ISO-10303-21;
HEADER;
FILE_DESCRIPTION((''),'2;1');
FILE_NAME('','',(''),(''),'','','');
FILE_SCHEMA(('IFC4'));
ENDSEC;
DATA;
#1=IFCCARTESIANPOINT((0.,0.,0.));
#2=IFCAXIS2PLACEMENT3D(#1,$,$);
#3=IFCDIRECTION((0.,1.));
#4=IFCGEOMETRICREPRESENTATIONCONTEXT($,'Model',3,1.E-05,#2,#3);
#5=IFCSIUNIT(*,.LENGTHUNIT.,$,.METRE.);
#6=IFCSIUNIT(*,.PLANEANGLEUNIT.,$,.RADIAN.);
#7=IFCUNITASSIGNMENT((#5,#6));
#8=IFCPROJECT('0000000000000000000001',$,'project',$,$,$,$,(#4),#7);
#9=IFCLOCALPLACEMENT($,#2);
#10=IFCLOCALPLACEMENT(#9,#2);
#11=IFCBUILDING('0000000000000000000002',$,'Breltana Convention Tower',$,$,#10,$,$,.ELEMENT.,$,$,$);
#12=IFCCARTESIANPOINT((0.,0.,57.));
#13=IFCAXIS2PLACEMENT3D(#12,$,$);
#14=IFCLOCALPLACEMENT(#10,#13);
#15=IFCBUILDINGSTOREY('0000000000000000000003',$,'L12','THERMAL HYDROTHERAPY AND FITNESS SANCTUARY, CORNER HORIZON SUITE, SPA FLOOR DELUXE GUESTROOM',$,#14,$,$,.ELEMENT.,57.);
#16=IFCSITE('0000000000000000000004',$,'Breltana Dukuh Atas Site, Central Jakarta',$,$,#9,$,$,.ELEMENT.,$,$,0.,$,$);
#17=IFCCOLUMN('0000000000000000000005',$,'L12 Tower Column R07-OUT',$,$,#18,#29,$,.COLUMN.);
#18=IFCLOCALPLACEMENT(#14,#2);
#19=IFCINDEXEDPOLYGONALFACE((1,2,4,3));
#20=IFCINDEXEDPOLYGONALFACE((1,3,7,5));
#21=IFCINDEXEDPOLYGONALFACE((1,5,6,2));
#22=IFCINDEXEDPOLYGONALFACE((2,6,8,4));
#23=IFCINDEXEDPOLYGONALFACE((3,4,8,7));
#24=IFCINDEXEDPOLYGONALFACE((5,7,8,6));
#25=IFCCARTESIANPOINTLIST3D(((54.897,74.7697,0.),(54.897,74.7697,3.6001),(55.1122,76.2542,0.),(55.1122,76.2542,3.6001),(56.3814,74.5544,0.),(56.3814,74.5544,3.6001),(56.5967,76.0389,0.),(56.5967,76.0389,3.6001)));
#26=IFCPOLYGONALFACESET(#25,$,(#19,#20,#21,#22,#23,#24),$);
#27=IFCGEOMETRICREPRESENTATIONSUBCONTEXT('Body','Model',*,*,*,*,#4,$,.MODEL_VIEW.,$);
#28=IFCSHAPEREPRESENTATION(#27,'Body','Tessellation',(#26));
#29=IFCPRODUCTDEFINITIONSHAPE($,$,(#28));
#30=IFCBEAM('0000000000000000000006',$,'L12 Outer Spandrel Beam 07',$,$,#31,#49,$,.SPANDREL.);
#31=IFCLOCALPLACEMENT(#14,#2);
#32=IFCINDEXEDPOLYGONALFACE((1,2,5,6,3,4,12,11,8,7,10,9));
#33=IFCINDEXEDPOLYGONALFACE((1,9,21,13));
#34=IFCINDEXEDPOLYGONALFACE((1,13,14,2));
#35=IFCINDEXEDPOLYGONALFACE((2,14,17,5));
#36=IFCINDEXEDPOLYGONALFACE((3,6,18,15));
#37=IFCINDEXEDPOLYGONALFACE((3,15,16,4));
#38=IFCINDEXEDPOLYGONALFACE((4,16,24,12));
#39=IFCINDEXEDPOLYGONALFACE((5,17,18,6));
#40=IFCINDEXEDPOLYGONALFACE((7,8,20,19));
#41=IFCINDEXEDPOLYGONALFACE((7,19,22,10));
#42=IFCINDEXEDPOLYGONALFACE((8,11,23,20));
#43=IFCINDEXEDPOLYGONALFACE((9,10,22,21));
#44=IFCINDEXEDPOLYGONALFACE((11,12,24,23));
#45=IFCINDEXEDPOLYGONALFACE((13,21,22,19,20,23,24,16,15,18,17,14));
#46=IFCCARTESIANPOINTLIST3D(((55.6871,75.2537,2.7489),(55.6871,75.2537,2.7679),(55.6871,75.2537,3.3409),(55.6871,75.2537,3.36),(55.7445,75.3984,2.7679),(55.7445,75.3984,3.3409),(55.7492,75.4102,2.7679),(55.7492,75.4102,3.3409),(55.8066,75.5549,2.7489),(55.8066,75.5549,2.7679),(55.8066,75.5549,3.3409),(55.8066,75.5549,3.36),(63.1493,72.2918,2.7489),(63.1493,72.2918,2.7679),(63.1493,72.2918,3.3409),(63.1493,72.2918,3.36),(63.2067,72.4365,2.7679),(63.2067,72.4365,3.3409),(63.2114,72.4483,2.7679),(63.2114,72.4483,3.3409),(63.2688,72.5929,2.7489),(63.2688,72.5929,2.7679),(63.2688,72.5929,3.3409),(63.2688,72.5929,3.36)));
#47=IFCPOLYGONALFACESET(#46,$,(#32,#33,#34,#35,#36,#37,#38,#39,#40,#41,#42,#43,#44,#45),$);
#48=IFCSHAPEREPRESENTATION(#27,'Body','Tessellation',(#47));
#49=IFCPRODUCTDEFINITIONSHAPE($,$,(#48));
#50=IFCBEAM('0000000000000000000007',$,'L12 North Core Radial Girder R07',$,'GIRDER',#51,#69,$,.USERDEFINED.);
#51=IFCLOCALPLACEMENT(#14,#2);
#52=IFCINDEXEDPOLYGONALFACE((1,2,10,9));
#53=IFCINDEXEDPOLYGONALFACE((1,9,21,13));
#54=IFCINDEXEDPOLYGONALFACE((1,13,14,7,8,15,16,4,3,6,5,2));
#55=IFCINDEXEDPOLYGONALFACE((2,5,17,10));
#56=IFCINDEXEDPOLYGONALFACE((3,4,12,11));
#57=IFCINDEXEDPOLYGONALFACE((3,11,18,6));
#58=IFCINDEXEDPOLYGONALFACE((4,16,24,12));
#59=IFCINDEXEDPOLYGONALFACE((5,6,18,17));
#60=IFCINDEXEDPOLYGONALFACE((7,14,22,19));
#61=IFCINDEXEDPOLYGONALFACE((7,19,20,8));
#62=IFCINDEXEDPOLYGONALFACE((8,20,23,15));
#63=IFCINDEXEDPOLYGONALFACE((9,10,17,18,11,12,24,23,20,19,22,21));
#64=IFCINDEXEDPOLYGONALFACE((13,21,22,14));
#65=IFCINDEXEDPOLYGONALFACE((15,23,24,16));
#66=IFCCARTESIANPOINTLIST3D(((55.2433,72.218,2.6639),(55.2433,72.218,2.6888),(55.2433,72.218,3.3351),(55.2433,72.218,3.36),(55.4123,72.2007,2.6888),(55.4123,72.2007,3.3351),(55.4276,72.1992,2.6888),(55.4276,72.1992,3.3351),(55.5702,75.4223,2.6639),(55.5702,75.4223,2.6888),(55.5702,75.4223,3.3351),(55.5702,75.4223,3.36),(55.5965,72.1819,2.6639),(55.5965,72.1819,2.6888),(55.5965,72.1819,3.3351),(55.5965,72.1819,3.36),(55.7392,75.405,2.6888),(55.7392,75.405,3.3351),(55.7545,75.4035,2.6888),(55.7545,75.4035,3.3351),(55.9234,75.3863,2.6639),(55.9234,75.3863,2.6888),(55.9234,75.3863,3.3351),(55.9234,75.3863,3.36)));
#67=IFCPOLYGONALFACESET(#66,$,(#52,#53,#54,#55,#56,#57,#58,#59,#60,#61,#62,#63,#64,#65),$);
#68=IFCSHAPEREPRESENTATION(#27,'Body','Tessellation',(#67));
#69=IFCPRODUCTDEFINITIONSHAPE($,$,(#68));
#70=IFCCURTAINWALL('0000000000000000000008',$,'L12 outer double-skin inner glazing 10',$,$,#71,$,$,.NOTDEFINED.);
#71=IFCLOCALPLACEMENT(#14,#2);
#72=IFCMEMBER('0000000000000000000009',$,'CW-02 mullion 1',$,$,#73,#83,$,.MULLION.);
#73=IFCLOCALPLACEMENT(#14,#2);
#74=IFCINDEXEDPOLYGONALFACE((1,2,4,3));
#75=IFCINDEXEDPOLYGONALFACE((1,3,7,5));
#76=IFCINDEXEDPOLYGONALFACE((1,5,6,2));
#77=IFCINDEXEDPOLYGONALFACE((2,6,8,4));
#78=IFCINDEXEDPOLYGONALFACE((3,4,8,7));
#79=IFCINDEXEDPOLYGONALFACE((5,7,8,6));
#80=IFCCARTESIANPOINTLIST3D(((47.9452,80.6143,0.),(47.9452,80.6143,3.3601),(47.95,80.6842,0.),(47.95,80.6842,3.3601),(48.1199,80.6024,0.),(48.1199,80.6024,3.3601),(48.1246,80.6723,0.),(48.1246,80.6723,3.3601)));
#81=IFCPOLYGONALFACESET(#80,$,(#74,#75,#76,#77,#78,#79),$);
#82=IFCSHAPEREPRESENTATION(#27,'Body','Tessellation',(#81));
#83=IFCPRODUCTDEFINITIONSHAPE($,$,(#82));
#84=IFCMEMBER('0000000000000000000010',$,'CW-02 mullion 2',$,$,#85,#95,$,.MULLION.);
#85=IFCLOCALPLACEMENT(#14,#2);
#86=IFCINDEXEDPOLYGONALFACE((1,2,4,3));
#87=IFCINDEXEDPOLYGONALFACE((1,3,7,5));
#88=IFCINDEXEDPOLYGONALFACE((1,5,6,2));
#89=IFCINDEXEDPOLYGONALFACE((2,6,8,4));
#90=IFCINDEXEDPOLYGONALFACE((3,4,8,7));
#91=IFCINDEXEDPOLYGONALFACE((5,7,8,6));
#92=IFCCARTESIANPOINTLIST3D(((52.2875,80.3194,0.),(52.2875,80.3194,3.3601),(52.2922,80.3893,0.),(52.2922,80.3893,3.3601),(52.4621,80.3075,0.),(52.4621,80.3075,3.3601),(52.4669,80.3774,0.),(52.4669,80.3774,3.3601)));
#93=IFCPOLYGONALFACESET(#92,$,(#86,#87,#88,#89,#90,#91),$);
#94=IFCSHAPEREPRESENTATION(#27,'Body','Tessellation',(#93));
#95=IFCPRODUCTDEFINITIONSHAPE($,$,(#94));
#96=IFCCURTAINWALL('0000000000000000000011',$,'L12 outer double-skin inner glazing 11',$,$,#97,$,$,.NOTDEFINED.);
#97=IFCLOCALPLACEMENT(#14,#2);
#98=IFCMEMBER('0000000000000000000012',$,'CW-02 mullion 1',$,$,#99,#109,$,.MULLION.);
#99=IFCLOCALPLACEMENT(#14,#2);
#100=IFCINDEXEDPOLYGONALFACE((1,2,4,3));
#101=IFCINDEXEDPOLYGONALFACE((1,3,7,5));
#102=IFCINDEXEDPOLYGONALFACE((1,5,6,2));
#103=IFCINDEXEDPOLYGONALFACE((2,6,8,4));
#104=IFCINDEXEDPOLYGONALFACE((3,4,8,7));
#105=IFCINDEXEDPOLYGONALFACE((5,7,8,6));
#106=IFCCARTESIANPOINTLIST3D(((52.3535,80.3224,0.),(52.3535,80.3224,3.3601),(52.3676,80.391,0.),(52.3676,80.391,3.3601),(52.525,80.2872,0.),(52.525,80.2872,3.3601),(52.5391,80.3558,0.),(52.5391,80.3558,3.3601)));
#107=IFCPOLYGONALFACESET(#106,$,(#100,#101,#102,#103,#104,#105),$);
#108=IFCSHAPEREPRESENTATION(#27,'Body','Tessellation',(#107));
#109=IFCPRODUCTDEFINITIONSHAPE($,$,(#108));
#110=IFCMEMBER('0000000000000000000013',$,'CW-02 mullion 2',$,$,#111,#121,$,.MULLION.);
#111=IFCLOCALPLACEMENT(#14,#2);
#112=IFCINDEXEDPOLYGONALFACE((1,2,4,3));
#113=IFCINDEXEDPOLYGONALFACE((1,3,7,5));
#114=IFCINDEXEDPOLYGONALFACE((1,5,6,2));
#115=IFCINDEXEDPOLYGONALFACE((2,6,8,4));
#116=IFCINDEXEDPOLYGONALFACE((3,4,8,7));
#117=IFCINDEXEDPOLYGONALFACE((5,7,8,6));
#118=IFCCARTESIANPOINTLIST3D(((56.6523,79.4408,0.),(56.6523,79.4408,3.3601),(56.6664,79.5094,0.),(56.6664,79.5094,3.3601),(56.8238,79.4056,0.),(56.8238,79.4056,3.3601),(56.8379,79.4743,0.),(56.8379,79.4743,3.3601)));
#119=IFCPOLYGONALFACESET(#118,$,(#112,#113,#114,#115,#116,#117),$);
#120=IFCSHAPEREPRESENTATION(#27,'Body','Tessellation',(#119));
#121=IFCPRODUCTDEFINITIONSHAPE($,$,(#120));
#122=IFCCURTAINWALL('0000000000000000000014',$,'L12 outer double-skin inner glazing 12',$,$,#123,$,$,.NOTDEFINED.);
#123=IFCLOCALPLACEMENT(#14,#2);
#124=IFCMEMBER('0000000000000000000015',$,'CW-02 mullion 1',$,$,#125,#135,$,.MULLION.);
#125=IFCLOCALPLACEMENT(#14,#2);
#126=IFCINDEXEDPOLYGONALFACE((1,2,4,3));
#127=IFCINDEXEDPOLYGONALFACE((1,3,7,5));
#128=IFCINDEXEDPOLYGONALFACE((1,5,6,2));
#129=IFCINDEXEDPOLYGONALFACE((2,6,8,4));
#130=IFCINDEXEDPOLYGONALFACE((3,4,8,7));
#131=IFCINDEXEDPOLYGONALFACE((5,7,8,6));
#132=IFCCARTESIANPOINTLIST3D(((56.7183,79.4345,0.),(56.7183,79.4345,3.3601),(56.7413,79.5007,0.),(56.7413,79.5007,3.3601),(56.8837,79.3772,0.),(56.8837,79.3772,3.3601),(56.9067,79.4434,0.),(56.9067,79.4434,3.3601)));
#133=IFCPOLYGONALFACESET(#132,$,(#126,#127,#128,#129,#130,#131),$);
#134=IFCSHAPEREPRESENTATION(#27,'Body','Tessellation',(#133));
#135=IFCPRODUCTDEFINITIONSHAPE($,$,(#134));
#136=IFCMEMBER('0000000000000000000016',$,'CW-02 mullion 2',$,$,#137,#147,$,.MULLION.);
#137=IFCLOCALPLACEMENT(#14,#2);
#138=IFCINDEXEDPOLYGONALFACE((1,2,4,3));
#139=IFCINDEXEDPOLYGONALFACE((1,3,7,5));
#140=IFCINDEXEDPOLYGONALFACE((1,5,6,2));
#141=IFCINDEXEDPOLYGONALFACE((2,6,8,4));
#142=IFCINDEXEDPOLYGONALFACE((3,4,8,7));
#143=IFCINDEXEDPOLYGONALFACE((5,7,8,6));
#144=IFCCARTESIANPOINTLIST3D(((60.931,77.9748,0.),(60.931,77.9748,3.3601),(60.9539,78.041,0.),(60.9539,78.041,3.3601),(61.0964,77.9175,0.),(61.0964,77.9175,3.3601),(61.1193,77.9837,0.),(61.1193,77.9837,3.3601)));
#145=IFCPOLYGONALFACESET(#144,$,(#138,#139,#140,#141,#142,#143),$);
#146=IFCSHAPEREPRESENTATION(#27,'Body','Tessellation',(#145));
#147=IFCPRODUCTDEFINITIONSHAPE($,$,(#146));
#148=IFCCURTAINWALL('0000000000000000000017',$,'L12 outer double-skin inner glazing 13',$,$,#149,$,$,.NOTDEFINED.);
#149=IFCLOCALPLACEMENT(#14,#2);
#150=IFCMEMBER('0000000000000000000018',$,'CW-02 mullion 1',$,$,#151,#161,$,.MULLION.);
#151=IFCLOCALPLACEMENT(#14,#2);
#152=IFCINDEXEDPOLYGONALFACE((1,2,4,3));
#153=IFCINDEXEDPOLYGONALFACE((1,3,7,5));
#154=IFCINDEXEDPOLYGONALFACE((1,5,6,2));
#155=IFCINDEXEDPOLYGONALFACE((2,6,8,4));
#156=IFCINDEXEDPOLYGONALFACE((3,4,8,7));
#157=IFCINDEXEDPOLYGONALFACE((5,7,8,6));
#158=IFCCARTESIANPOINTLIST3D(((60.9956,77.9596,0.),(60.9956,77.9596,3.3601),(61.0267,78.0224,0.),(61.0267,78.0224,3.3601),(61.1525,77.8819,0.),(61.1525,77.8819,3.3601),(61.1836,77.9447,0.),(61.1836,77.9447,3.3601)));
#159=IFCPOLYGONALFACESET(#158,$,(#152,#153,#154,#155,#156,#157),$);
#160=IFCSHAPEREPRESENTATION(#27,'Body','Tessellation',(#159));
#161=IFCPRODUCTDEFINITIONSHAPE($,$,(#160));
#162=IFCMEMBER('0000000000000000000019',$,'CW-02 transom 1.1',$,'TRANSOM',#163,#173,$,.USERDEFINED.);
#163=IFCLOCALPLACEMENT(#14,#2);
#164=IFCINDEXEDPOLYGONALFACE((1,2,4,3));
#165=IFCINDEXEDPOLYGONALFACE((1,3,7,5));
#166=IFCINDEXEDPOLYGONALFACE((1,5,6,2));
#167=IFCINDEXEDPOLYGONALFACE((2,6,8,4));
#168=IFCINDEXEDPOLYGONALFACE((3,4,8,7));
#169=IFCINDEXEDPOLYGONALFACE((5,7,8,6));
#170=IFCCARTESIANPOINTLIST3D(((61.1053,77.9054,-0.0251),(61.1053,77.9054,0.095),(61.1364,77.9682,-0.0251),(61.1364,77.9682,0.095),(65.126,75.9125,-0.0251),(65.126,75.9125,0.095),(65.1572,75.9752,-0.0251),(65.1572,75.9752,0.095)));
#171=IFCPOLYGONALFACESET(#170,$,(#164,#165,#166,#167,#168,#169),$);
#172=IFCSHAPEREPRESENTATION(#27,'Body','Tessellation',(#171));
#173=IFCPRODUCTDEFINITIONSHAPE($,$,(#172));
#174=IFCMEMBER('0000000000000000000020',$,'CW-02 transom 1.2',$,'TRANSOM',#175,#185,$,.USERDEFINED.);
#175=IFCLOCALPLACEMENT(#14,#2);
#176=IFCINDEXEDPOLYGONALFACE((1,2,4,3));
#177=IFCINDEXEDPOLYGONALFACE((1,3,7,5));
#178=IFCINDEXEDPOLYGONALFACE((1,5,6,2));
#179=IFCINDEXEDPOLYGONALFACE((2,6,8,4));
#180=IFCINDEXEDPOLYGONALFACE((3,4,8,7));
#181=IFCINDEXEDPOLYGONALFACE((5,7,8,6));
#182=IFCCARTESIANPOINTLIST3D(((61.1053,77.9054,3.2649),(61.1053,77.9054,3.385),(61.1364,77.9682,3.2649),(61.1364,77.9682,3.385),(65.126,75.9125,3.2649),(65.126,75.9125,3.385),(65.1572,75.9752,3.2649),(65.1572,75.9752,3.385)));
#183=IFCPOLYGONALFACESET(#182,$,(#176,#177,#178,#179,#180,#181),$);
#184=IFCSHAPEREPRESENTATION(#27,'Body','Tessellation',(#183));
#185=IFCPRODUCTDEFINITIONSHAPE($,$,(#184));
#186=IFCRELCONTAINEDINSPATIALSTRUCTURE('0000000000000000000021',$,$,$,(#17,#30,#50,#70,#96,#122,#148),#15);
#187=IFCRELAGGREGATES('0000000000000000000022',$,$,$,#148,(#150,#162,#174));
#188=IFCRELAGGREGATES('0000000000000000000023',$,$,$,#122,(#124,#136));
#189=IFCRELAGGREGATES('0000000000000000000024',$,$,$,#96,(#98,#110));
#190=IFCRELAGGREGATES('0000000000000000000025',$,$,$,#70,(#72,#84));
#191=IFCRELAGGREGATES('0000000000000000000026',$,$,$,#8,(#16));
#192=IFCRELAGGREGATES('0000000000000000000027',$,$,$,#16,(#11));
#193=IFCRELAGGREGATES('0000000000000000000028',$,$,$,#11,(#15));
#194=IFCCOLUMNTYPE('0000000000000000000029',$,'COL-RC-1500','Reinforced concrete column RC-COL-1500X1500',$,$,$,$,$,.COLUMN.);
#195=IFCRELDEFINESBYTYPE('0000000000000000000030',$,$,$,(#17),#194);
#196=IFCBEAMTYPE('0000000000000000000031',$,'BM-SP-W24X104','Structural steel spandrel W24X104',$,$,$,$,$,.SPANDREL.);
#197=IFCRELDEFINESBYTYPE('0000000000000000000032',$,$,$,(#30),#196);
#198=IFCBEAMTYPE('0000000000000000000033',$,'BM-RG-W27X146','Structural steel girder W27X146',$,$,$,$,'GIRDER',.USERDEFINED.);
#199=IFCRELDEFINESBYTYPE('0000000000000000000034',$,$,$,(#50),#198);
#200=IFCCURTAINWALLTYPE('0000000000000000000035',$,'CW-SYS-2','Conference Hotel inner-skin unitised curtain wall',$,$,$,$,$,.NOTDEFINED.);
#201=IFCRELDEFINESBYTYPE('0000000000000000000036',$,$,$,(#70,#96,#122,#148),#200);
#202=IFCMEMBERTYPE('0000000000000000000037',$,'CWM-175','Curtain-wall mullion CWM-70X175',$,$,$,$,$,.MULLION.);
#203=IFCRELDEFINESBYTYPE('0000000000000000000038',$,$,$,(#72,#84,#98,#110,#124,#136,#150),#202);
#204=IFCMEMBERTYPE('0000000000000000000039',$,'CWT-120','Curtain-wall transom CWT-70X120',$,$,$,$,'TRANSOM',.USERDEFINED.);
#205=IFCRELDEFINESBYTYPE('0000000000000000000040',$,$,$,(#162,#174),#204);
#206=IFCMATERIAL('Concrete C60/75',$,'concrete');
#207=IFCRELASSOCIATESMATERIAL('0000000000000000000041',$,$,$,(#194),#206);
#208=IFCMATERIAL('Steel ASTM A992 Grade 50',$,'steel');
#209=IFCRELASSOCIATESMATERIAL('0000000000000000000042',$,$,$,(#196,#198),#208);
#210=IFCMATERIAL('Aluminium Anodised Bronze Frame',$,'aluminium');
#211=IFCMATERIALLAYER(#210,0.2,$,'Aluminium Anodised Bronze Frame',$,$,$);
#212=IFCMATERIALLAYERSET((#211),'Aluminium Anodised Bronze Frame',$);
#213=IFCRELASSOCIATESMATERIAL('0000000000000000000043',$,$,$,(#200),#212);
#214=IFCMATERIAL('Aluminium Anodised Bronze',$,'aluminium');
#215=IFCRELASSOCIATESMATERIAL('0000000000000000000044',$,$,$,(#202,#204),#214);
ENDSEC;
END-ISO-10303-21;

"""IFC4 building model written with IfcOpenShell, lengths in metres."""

from ifc_helpers import new_model, si_unit, direction, frame, origin, origin_2d, place, context, subcontext, project, spatial, rectangle, i_section, extrude, source, transform, mapped, material, layer, layer_set, material_profile, profile_set, type_object, type_shapes, element, aggregate, save


model = new_model("IFC4")

# Units and contexts
model_context = context("Model", 3, precision=1e-05, world=origin(), true_north=direction((0.0, 1.0)))
body_context = subcontext(model_context, "Body", "Model", "MODEL_VIEW")
ifc_project = project(units=[si_unit("LENGTHUNIT", "METRE"), si_unit("PLANEANGLEUNIT", "RADIAN")], contexts=[model_context])

# Site, building, storey
site_placement = place(None, origin())
site = spatial("IfcSite", under=ifc_project, at=site_placement, Name="Breltana Dukuh Atas Site, Central Jakarta", CompositionType="ELEMENT", RefElevation=0.0)
building_placement = place(site_placement, origin())
building = spatial("IfcBuilding", under=site, at=building_placement, Name="Breltana Convention Tower", CompositionType="ELEMENT")
storey_placement = place(building_placement, frame((0.0, 0.0, 57.0)))
storey = spatial("IfcBuildingStorey", under=building, at=storey_placement, Name="L12", Description="THERMAL HYDROTHERAPY AND FITNESS SANCTUARY, CORNER HORIZON SUITE, SPA FLOOR DELUXE GUESTROOM", CompositionType="ELEMENT", Elevation=57.0)

# Column
ifc_material_1 = material(Name="Concrete C60/75", Category="concrete")
ifc_material_profile_1 = material_profile(ifc_material_1, rectangle(XDim=1.5, YDim=1.5, at=origin_2d()), Name="RC-COL-1500X1500")
ifc_profile_set_1 = profile_set([ifc_material_profile_1], Name="Concrete C60/75")
column_type = type_object("IfcColumnType", Name="COL-RC-1500", Description="Reinforced concrete column RC-COL-1500X1500", PredefinedType="COLUMN", material=ifc_profile_set_1)
shared_shape_1 = source(origin(), body_context, "Body", "SweptSolid", [
    extrude(rectangle(XDim=1.5, YDim=1.5, at=origin_2d()), origin(), (0.0, 0.0, 1.0), 3.6001),
])
column_placement = place(storey_placement, frame((55.7468, 75.4043, 0.0), z_axis=(0.0, 0.0, 1.0), x_axis=(0.143493, 0.989651, 0.0)))
element("IfcColumn", 1, at=column_placement, inside=storey, type_object=column_type, Name="L12 Tower Column R07-OUT", PredefinedType="COLUMN", context=body_context, shape_type="MappedRepresentation", body=[
    mapped(shared_shape_1, transform((0.0, 0.0, 0.0), scale=1.0)),
])

# Beams
ifc_material_2 = material(Name="Steel ASTM A992 Grade 50", Category="steel")
ifc_material_profile_2 = material_profile(ifc_material_2, i_section(OverallWidth=0.324, OverallDepth=0.6111, WebThickness=0.0127, FlangeThickness=0.019, at=origin_2d()), Name="W24X104")
ifc_profile_set_2 = profile_set([ifc_material_profile_2], Name="Steel ASTM A992 Grade 50")
beam_type_1 = type_object("IfcBeamType", Name="BM-SP-W24X104", Description="Structural steel spandrel W24X104", PredefinedType="SPANDREL", material=ifc_profile_set_2)
shared_shape_2 = source(origin(), body_context, "Body", "SweptSolid", [
    extrude(i_section(OverallWidth=0.324, OverallDepth=0.6111, WebThickness=0.0127, FlangeThickness=0.019, at=origin_2d()), origin(), (0.0, 0.0, 1.0), 8.0286),
])
beam_1_placement = place(storey_placement, frame((55.7468, 75.4043, 3.0544), z_axis=(0.929459, -0.368925, 0.0), x_axis=(0.368925, 0.929459, 0.0)))
element("IfcBeam", 2, at=beam_1_placement, inside=storey, type_object=beam_type_1, Name="L12 Outer Spandrel Beam 07", PredefinedType="SPANDREL", context=body_context, shape_type="MappedRepresentation", body=[
    mapped(shared_shape_2, transform((0.0, 0.0, 0.0), scale=1.0)),
])
ifc_material_profile_3 = material_profile(ifc_material_2, i_section(OverallWidth=0.355, OverallDepth=0.696, WebThickness=0.0154, FlangeThickness=0.0249, at=origin_2d()), Name="W27X146")
ifc_profile_set_3 = profile_set([ifc_material_profile_3], Name="Steel ASTM A992 Grade 50")
beam_type_2 = type_object("IfcBeamType", Name="BM-RG-W27X146", Description="Structural steel girder W27X146", ElementType="GIRDER", PredefinedType="USERDEFINED", material=ifc_profile_set_3)
shared_shape_3 = source(origin(), body_context, "Body", "SweptSolid", [
    extrude(i_section(OverallWidth=0.355, OverallDepth=0.696, WebThickness=0.0154, FlangeThickness=0.0249, at=origin_2d()), origin(), (0.0, 0.0, 1.0), 3.2209),
])
beam_2_placement = place(storey_placement, frame((55.4199, 72.2, 3.012), z_axis=(0.101492, 0.994836, 0.0), x_axis=(-0.994836, 0.101492, 0.0)))
element("IfcBeam", 3, at=beam_2_placement, inside=storey, type_object=beam_type_2, Name="L12 North Core Radial Girder R07", ObjectType="GIRDER", PredefinedType="USERDEFINED", context=body_context, shape_type="MappedRepresentation", body=[
    mapped(shared_shape_3, transform((0.0, 0.0, 0.0), scale=1.0)),
])

# Curtain walls, members
ifc_material_3 = material(Name="Aluminium Anodised Bronze Frame", Category="aluminium")
ifc_layer_1 = layer(ifc_material_3, 0.2, Name="Aluminium Anodised Bronze Frame")
ifc_layer_set_1 = layer_set([ifc_layer_1], Name="Aluminium Anodised Bronze Frame")
curtain_wall_type = type_object("IfcCurtainWallType", Name="CW-SYS-2", Description="Conference Hotel inner-skin unitised curtain wall", PredefinedType="NOTDEFINED", material=ifc_layer_set_1)
curtain_wall_1_placement = place(storey_placement, origin())
curtain_wall_1 = element("IfcCurtainWall", 4, at=curtain_wall_1_placement, inside=storey, type_object=curtain_wall_type, Name="L12 outer double-skin inner glazing 10", PredefinedType="NOTDEFINED")
ifc_material_4 = material(Name="Aluminium Anodised Bronze", Category="aluminium")
ifc_material_profile_4 = material_profile(ifc_material_4, rectangle(XDim=0.0701, YDim=0.175, at=origin_2d()), Name="CWM-70X175")
ifc_profile_set_4 = profile_set([ifc_material_profile_4], Name="Aluminium Anodised Bronze")
member_type_1 = type_object("IfcMemberType", Name="CWM-175", Description="Curtain-wall mullion CWM-70X175", PredefinedType="MULLION", material=ifc_profile_set_4)
shared_shape_4 = source(origin(), body_context, "Body", "SweptSolid", [
    extrude(rectangle(XDim=0.0701, YDim=0.175, at=origin_2d()), origin(), (0.0, 0.0, 1.0), 3.3601),
])
type_shapes(member_type_1, [shared_shape_4])
member_1_placement = place(storey_placement, frame((48.0349, 80.6433, 0.0), z_axis=(0.0, 0.0, 1.0), x_axis=(0.067726, 0.997704, 0.0)))
member_1 = element("IfcMember", 5, at=member_1_placement, type_object=member_type_1, Name="CW-02 mullion 1", PredefinedType="MULLION", context=body_context, shape_type="MappedRepresentation", body=[
    mapped(shared_shape_4, transform((0.0, 0.0, 0.0), scale=1.0)),
])
member_2_placement = place(storey_placement, frame((52.3772, 80.3484, 0.0), z_axis=(0.0, 0.0, 1.0), x_axis=(0.067726, 0.997704, 0.0)))
member_2 = element("IfcMember", 6, at=member_2_placement, type_object=member_type_1, Name="CW-02 mullion 2", PredefinedType="MULLION", context=body_context, shape_type="MappedRepresentation", body=[
    mapped(shared_shape_4, transform((0.0, 0.0, 0.0), scale=1.0)),
])
curtain_wall_2_placement = place(storey_placement, origin())
curtain_wall_2 = element("IfcCurtainWall", 7, at=curtain_wall_2_placement, inside=storey, type_object=curtain_wall_type, Name="L12 outer double-skin inner glazing 11", PredefinedType="NOTDEFINED")
member_3_placement = place(storey_placement, frame((52.4463, 80.3391, 0.0), z_axis=(0.0, 0.0, 1.0), x_axis=(0.200885, 0.979615, 0.0)))
member_3 = element("IfcMember", 8, at=member_3_placement, type_object=member_type_1, Name="CW-02 mullion 1", PredefinedType="MULLION", context=body_context, shape_type="MappedRepresentation", body=[
    mapped(shared_shape_4, transform((0.0, 0.0, 0.0), scale=1.0)),
])
member_4_placement = place(storey_placement, frame((56.7451, 79.4575, 0.0), z_axis=(0.0, 0.0, 1.0), x_axis=(0.200885, 0.979615, 0.0)))
member_4 = element("IfcMember", 9, at=member_4_placement, type_object=member_type_1, Name="CW-02 mullion 2", PredefinedType="MULLION", context=body_context, shape_type="MappedRepresentation", body=[
    mapped(shared_shape_4, transform((0.0, 0.0, 0.0), scale=1.0)),
])
curtain_wall_3_placement = place(storey_placement, origin())
curtain_wall_3 = element("IfcCurtainWall", 10, at=curtain_wall_3_placement, inside=storey, type_object=curtain_wall_type, Name="L12 outer double-skin inner glazing 12", PredefinedType="NOTDEFINED")
member_5_placement = place(storey_placement, frame((56.8125, 79.439, 0.0), z_axis=(0.0, 0.0, 1.0), x_axis=(0.327428, 0.944876, 0.0)))
member_5 = element("IfcMember", 11, at=member_5_placement, type_object=member_type_1, Name="CW-02 mullion 1", PredefinedType="MULLION", context=body_context, shape_type="MappedRepresentation", body=[
    mapped(shared_shape_4, transform((0.0, 0.0, 0.0), scale=1.0)),
])
member_6_placement = place(storey_placement, frame((61.0251, 77.9792, 0.0), z_axis=(0.0, 0.0, 1.0), x_axis=(0.327428, 0.944876, 0.0)))
member_6 = element("IfcMember", 12, at=member_6_placement, type_object=member_type_1, Name="CW-02 mullion 2", PredefinedType="MULLION", context=body_context, shape_type="MappedRepresentation", body=[
    mapped(shared_shape_4, transform((0.0, 0.0, 0.0), scale=1.0)),
])
curtain_wall_4_placement = place(storey_placement, origin())
curtain_wall_4 = element("IfcCurtainWall", 13, at=curtain_wall_4_placement, inside=storey, type_object=curtain_wall_type, Name="L12 outer double-skin inner glazing 13", PredefinedType="NOTDEFINED")
member_7_placement = place(storey_placement, frame((61.0896, 77.9521, 0.0), z_axis=(0.0, 0.0, 1.0), x_axis=(0.444108, 0.895973, 0.0)))
member_7 = element("IfcMember", 14, at=member_7_placement, type_object=member_type_1, Name="CW-02 mullion 1", PredefinedType="MULLION", context=body_context, shape_type="MappedRepresentation", body=[
    mapped(shared_shape_4, transform((0.0, 0.0, 0.0), scale=1.0)),
])
ifc_material_profile_5 = material_profile(ifc_material_4, rectangle(XDim=0.0701, YDim=0.1201, at=origin_2d()), Name="CWT-70X120")
ifc_profile_set_5 = profile_set([ifc_material_profile_5], Name="Aluminium Anodised Bronze")
member_type_2 = type_object("IfcMemberType", Name="CWT-120", Description="Curtain-wall transom CWT-70X120", ElementType="TRANSOM", PredefinedType="USERDEFINED", material=ifc_profile_set_5)
shared_shape_5 = source(origin(), body_context, "Body", "SweptSolid", [
    extrude(rectangle(XDim=0.0701, YDim=0.1201, at=origin_2d()), origin(), (0.0, 0.0, 1.0), 4.4875),
])
member_8_placement = place(storey_placement, frame((61.1208, 77.9368, 0.0349), z_axis=(0.895978, -0.444099, 0.0), x_axis=(0.444099, 0.895978, 0.0)))
member_8 = element("IfcMember", 15, at=member_8_placement, type_object=member_type_2, Name="CW-02 transom 1.1", ObjectType="TRANSOM", PredefinedType="USERDEFINED", context=body_context, shape_type="MappedRepresentation", body=[
    mapped(shared_shape_5, transform((0.0, 0.0, 0.0), scale=1.0)),
])
member_9_placement = place(storey_placement, frame((61.1208, 77.9368, 3.325), z_axis=(0.895978, -0.444099, 0.0), x_axis=(0.444099, 0.895978, 0.0)))
member_9 = element("IfcMember", 16, at=member_9_placement, type_object=member_type_2, Name="CW-02 transom 1.2", ObjectType="TRANSOM", PredefinedType="USERDEFINED", context=body_context, shape_type="MappedRepresentation", body=[
    mapped(shared_shape_5, transform((0.0, 0.0, 0.0), scale=1.0)),
])
aggregate(curtain_wall_4, [member_7, member_8, member_9])

aggregate(curtain_wall_3, [member_5, member_6])
aggregate(curtain_wall_2, [member_3, member_4])
aggregate(curtain_wall_1, [member_1, member_2])

save(model, "model.ifc")
